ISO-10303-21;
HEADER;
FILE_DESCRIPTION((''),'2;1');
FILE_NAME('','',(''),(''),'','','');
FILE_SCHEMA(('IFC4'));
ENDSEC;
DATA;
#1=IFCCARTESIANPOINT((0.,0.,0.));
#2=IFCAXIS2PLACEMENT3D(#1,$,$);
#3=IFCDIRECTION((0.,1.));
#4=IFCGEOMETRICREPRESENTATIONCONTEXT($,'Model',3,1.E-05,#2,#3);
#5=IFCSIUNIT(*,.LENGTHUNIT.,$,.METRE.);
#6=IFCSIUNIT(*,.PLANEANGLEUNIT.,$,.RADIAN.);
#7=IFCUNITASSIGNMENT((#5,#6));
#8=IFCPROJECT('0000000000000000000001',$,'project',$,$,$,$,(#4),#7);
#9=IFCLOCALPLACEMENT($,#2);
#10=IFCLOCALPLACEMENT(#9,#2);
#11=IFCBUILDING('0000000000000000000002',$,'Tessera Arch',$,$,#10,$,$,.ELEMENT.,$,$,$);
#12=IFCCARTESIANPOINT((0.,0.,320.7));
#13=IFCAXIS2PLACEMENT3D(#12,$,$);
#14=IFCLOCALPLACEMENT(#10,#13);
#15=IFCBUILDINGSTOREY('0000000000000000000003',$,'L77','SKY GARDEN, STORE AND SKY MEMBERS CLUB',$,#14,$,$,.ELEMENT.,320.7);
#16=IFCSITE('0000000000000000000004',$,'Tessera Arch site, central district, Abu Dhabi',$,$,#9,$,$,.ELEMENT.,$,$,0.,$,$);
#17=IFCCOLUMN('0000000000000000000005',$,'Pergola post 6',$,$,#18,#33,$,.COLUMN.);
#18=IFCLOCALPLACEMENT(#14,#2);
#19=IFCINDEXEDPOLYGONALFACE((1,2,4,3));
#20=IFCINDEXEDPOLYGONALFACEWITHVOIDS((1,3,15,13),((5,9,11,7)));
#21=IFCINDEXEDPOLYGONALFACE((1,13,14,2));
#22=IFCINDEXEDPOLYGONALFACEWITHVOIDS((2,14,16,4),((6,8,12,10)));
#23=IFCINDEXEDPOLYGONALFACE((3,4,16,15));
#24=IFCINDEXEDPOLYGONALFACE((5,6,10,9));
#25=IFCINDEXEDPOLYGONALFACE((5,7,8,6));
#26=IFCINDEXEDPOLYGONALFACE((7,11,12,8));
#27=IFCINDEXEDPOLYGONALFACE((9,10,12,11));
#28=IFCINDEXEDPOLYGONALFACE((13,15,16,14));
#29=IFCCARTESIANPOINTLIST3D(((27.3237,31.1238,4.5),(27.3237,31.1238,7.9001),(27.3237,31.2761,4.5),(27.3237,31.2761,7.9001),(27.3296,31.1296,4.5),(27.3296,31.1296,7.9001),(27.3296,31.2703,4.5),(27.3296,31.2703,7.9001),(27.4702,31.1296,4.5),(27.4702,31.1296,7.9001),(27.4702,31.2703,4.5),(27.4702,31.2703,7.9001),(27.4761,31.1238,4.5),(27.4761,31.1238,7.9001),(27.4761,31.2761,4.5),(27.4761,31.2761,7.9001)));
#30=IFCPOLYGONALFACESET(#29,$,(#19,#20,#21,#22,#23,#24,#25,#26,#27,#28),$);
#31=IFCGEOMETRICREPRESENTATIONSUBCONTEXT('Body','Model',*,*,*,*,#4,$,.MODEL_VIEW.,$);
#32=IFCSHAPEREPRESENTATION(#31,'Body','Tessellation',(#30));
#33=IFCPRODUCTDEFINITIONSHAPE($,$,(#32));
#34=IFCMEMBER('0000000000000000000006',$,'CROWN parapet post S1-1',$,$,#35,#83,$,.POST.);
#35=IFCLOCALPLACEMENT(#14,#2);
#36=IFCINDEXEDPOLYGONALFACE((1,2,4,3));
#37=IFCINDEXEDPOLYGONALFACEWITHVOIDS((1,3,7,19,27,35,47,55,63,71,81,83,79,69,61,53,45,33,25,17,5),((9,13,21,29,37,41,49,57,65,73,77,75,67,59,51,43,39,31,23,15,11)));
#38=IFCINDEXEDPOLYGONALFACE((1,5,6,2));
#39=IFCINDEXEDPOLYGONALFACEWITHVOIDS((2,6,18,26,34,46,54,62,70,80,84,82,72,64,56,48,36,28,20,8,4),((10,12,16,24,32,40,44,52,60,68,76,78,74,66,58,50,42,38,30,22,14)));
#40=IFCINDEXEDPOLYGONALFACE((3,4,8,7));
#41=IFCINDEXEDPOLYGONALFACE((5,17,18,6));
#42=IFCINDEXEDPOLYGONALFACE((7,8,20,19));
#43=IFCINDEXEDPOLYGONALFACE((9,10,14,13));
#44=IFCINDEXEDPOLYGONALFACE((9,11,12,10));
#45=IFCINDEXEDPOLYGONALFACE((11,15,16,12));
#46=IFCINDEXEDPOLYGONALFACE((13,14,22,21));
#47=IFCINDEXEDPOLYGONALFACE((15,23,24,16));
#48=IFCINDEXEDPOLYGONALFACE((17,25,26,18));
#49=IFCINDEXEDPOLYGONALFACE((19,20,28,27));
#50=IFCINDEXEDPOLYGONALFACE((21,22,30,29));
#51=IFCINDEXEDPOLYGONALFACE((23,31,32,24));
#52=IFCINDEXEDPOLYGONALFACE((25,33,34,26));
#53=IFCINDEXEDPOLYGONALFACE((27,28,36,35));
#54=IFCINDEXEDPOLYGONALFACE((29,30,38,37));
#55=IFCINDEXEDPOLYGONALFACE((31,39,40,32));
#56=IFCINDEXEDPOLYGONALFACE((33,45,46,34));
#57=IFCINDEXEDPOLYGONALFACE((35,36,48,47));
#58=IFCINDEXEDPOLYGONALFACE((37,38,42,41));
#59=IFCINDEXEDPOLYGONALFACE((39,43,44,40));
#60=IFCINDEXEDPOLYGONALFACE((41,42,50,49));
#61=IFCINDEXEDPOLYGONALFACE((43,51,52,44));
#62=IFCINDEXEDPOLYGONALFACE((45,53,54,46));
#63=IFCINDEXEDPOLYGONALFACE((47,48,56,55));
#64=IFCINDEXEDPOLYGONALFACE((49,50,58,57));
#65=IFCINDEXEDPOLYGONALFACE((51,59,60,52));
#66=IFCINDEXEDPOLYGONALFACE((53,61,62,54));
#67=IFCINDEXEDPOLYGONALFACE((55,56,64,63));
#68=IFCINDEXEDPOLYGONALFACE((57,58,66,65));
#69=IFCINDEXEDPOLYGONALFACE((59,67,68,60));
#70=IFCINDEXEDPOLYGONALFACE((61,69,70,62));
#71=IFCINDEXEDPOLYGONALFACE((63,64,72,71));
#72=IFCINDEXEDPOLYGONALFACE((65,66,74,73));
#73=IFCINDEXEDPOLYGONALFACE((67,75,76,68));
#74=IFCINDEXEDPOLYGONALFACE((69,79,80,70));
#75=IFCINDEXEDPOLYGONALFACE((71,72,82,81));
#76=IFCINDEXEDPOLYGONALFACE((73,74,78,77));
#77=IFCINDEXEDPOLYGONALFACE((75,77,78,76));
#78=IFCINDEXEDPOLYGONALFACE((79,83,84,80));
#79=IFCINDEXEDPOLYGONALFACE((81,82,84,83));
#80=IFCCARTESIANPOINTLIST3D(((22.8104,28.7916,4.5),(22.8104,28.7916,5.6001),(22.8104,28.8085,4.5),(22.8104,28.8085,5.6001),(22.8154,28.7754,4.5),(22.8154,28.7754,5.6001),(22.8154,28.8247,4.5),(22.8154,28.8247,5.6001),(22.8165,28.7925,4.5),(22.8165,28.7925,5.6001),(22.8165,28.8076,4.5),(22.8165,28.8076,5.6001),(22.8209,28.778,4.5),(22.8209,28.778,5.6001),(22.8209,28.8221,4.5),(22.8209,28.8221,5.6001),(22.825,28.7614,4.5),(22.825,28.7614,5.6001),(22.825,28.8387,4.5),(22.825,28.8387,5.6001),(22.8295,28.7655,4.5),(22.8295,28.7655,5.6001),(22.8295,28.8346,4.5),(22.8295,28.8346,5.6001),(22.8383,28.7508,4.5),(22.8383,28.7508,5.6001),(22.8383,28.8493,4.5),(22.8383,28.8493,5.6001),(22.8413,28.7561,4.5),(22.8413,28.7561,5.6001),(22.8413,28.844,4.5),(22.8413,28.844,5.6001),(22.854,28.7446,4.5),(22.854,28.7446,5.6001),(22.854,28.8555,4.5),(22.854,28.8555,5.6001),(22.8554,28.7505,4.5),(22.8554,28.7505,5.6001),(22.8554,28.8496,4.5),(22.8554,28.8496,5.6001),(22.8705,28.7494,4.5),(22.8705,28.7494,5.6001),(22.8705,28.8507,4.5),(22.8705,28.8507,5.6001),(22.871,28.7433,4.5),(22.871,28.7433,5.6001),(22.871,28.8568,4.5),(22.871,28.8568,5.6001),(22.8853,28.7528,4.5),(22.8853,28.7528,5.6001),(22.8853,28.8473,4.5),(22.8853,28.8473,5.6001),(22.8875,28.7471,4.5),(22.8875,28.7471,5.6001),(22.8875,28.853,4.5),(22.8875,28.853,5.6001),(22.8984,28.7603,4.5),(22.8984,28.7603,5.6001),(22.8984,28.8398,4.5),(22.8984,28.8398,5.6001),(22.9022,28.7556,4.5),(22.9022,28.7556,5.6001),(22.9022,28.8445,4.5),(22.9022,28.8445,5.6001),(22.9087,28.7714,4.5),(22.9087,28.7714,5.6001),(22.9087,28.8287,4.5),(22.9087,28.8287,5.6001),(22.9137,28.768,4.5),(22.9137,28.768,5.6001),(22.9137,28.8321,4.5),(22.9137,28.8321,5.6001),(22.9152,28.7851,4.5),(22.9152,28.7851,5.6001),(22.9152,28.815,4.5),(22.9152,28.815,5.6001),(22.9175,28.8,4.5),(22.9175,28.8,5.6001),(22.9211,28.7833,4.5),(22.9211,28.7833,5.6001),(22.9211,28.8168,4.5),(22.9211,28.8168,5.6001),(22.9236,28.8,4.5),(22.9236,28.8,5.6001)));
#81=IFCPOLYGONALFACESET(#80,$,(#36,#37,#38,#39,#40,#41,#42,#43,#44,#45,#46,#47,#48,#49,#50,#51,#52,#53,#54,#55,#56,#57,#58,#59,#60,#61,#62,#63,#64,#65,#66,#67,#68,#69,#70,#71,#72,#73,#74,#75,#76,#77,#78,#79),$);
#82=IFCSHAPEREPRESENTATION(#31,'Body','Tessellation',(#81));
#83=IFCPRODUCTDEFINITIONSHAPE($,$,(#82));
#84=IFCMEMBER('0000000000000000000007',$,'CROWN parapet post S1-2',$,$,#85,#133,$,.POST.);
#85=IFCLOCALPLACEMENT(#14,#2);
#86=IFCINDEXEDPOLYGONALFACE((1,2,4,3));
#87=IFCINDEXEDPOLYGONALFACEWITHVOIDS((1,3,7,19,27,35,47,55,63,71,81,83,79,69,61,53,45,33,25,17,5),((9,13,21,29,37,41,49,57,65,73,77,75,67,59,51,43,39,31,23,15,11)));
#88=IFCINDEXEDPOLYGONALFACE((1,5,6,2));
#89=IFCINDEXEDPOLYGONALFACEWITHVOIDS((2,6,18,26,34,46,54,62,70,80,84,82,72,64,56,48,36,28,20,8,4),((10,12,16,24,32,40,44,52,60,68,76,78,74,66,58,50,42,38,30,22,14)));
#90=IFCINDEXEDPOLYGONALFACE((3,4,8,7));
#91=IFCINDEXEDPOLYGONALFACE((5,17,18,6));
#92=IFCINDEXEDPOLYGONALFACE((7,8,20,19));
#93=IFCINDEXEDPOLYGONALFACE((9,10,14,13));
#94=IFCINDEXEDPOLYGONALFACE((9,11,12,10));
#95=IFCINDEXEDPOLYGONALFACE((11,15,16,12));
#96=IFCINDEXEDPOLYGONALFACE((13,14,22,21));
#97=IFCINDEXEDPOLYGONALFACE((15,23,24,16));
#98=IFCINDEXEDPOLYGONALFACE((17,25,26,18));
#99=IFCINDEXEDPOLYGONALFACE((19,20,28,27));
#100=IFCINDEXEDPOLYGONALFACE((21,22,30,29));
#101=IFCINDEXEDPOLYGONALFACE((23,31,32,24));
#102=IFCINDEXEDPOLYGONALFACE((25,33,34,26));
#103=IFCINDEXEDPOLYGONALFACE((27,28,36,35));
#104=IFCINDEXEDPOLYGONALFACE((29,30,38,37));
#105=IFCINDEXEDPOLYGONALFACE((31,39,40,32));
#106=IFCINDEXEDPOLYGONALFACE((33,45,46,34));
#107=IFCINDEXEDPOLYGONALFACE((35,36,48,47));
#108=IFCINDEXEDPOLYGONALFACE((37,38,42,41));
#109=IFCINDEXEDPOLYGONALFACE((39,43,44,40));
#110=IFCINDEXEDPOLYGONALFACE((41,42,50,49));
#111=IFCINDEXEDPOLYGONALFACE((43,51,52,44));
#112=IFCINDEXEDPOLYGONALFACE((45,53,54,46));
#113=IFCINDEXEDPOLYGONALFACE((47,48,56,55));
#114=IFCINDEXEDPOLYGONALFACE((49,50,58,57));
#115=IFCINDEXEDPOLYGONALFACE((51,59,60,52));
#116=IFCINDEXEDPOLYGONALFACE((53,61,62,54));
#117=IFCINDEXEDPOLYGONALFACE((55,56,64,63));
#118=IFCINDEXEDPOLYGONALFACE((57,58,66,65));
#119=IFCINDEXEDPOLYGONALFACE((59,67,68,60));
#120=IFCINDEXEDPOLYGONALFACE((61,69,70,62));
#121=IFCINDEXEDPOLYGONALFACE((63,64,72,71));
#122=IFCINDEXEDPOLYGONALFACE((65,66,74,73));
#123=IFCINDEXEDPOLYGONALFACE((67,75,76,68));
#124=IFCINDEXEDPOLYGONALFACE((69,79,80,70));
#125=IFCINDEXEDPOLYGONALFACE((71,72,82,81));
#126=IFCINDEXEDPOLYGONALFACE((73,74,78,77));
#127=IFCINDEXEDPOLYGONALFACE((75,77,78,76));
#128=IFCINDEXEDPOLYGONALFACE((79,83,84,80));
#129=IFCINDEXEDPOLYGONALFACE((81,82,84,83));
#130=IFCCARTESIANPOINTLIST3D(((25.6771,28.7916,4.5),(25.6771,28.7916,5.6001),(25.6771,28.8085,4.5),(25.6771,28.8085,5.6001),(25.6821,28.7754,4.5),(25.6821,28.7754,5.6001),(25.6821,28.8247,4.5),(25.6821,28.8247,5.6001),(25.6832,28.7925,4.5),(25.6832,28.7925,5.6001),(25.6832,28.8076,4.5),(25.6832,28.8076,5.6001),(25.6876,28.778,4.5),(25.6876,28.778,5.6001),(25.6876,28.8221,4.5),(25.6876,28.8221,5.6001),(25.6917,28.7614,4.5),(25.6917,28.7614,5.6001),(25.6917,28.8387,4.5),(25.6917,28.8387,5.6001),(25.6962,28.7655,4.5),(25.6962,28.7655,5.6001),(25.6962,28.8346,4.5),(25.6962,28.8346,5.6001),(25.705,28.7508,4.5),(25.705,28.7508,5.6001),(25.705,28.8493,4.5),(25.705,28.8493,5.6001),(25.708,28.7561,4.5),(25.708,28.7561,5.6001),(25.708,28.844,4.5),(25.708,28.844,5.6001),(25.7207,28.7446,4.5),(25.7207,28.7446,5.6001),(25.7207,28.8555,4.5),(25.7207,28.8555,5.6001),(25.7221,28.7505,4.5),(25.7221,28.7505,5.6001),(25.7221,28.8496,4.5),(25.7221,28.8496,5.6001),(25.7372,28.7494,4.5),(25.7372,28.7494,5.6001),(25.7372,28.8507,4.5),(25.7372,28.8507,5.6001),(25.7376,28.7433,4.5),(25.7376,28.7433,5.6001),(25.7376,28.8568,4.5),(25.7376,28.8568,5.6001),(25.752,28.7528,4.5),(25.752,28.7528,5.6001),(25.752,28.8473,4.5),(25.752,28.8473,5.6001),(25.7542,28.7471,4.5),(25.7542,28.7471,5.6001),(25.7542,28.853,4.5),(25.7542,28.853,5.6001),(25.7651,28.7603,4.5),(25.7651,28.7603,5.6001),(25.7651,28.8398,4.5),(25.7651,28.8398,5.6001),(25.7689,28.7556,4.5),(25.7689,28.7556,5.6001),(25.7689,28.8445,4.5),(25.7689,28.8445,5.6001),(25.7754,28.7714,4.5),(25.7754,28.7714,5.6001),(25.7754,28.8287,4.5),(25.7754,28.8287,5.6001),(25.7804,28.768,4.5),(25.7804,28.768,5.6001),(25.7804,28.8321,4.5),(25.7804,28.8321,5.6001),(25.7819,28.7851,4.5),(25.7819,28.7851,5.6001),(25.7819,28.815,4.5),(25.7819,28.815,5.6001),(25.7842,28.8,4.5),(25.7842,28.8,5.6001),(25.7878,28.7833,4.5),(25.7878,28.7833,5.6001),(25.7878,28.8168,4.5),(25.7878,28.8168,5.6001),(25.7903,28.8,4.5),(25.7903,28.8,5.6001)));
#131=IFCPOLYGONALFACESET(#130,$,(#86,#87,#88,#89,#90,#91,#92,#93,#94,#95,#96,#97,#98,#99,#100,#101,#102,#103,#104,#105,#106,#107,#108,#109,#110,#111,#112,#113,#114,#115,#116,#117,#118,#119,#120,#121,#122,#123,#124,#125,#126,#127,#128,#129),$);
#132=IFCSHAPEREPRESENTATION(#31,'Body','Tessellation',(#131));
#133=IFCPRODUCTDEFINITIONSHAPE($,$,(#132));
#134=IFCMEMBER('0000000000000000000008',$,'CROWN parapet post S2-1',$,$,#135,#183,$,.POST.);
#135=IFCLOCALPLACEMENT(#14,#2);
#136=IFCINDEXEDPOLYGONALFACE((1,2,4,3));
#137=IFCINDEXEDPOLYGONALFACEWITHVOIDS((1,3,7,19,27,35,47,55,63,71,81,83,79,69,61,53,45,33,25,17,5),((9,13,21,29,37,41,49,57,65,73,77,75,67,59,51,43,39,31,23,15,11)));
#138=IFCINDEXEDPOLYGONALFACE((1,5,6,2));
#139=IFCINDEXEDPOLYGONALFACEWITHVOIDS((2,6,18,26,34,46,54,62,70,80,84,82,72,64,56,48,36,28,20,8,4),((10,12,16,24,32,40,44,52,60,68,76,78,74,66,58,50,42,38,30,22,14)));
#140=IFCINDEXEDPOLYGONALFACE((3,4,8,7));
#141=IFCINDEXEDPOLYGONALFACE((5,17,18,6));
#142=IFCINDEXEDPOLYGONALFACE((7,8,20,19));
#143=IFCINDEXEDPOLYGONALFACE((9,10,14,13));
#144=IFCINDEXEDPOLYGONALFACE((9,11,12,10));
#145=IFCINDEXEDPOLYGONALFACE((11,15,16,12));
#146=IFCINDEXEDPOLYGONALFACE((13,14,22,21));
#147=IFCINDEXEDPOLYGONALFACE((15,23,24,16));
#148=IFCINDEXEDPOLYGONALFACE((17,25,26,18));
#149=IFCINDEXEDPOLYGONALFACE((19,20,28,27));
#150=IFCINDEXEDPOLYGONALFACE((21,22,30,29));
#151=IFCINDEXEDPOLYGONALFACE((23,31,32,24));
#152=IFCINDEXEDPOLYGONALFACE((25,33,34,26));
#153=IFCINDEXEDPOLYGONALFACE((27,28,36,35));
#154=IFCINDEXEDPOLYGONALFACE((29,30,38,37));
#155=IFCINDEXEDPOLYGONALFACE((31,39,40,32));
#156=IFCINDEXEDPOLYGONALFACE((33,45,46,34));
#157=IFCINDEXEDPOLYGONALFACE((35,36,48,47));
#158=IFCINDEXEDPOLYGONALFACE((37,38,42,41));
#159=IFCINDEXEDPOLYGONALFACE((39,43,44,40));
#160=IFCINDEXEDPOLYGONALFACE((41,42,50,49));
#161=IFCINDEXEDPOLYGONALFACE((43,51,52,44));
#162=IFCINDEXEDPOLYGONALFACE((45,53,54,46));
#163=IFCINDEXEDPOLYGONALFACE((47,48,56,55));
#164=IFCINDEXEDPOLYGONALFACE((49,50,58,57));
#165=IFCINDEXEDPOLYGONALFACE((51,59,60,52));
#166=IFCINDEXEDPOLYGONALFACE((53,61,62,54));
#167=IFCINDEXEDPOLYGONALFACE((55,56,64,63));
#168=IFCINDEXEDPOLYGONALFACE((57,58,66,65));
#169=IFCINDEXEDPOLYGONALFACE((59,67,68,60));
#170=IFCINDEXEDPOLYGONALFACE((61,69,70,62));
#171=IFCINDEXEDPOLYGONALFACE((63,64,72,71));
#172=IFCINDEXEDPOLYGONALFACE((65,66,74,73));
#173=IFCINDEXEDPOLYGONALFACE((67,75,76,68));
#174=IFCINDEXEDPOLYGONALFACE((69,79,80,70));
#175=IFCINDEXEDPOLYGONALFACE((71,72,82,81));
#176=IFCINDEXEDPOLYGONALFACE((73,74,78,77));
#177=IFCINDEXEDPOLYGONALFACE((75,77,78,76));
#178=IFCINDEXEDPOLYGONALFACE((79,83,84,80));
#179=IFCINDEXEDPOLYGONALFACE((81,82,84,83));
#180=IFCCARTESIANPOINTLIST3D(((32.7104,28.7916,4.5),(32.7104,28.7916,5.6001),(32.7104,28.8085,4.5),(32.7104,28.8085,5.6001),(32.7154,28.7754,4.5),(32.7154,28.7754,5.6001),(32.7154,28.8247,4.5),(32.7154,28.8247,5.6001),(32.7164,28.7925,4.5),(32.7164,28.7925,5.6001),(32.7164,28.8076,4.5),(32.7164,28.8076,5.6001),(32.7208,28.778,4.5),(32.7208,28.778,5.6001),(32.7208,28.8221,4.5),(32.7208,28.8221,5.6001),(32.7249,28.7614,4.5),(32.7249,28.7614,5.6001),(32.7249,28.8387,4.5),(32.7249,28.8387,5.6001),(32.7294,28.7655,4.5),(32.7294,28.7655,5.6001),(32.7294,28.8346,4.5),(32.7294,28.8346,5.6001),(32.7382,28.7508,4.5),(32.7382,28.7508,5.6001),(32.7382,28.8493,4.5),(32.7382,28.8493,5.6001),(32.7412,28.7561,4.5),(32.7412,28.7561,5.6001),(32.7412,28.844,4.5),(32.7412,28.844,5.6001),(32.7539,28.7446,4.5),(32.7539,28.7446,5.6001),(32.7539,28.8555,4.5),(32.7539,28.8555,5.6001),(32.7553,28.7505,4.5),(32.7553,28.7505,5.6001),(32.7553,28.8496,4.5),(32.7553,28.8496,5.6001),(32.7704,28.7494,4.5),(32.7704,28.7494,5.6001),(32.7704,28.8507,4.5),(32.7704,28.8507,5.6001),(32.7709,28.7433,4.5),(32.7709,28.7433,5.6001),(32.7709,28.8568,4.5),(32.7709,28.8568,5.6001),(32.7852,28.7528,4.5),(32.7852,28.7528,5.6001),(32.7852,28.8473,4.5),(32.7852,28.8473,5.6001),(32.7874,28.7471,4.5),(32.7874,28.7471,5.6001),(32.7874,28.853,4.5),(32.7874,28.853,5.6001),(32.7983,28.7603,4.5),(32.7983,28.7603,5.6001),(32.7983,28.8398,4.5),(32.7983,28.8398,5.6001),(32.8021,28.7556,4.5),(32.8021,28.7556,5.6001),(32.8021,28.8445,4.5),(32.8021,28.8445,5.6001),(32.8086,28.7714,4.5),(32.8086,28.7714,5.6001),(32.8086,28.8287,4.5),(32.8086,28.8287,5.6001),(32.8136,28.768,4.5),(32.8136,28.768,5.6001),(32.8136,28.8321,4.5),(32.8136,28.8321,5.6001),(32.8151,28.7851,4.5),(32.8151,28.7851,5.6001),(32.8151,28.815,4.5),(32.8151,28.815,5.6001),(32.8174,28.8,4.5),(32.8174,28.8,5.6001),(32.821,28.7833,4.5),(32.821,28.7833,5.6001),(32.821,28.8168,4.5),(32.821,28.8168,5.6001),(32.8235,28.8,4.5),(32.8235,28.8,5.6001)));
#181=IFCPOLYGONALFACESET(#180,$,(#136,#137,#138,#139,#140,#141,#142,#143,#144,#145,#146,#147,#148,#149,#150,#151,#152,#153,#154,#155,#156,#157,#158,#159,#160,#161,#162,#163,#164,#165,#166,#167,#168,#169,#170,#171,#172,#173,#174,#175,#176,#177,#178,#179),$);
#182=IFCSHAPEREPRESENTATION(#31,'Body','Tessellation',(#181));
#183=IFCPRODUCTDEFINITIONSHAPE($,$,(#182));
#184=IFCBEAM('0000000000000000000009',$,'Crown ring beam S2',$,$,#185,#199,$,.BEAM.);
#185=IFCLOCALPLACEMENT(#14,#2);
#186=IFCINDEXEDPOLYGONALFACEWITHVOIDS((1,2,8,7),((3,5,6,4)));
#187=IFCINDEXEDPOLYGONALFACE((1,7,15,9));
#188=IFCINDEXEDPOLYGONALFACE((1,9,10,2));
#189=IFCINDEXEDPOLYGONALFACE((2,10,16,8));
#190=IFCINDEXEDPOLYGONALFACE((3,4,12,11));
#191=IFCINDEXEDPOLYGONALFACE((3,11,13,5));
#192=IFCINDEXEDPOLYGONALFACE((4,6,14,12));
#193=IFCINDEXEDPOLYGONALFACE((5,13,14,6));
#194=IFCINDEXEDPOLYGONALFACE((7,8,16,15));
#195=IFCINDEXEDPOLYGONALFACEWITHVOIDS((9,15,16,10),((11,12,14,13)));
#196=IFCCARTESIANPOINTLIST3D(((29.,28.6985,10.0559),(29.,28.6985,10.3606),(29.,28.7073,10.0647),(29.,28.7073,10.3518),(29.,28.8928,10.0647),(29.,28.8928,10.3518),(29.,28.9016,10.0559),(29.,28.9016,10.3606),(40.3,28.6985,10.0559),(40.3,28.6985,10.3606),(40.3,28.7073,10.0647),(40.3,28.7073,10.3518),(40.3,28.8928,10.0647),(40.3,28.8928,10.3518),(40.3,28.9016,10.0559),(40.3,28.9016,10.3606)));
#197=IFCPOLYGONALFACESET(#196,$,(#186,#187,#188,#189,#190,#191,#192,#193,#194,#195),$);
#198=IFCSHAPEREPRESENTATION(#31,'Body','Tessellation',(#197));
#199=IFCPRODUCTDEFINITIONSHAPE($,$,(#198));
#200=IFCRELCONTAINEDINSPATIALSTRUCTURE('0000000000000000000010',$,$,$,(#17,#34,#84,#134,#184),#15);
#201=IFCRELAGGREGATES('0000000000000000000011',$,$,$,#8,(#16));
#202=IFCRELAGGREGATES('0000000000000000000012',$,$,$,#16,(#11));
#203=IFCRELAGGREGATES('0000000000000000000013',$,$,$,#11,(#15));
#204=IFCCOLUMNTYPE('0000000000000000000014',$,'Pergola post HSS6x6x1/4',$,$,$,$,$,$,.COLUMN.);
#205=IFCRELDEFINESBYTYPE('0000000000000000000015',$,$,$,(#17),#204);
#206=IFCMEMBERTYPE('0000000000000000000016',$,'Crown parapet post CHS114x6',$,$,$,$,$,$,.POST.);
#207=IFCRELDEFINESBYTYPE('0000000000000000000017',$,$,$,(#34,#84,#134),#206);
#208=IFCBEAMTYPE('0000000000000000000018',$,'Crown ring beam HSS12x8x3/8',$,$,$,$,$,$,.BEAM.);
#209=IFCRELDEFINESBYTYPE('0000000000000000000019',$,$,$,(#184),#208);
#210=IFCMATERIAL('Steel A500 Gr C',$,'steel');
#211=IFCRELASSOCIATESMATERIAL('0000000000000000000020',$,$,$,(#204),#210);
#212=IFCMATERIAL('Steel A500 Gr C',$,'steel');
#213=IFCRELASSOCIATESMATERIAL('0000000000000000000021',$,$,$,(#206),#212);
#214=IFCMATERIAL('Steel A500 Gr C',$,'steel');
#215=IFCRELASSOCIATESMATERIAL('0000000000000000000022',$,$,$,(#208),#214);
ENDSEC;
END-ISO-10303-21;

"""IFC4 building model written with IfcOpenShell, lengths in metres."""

from ifc_helpers import new_model, si_unit, direction, frame, origin, origin_2d, place, context, subcontext, project, spatial, hollow_rectangle, hollow_circle, extrude, material, material_profile, profile_set, type_object, element, save


model = new_model("IFC4")

# Units and contexts
model_context = context("Model", 3, precision=1e-05, world=origin(), true_north=direction((0.0, 1.0)))
body_context = subcontext(model_context, "Body", "Model", "MODEL_VIEW")
ifc_project = project(units=[si_unit("LENGTHUNIT", "METRE"), si_unit("PLANEANGLEUNIT", "RADIAN")], contexts=[model_context])

# Site, building, storey
site_placement = place(None, origin())
site = spatial("IfcSite", under=ifc_project, at=site_placement, Name="Tessera Arch site, central district, Abu Dhabi", CompositionType="ELEMENT", RefElevation=0.0)
building_placement = place(site_placement, origin())
building = spatial("IfcBuilding", under=site, at=building_placement, Name="Tessera Arch", CompositionType="ELEMENT")
storey_placement = place(building_placement, frame((0.0, 0.0, 320.7)))
storey = spatial("IfcBuildingStorey", under=building, at=storey_placement, Name="L77", Description="SKY GARDEN, STORE AND SKY MEMBERS CLUB", CompositionType="ELEMENT", Elevation=320.7)

# Column
ifc_material_1 = material(Name="Steel A500 Gr C", Category="steel")
ifc_material_profile_1 = material_profile(ifc_material_1, hollow_rectangle(XDim=0.1523, YDim=0.1523, WallThickness=0.0059, at=origin_2d()), Name="HSS6x6x1/4")
ifc_profile_set_1 = profile_set([ifc_material_profile_1], Name="Steel A500 Gr C")
column_type = type_object("IfcColumnType", Name="Pergola post HSS6x6x1/4", PredefinedType="COLUMN", material=ifc_profile_set_1)
column_placement = place(storey_placement, frame((27.3999, 31.2, 4.5), z_axis=(0.0, 0.0, 1.0), x_axis=(1.0, 0.0, 0.0)))
element("IfcColumn", 1, at=column_placement, inside=storey, type_object=column_type, Name="Pergola post 6", PredefinedType="COLUMN", context=body_context, shape_type="SweptSolid", body=[
    extrude(hollow_rectangle(XDim=0.1523, YDim=0.1523, WallThickness=0.0059, at=origin_2d()), origin(), (0.0, 0.0, 1.0), 3.4001),
])

# Members
ifc_material_2 = material(Name="Steel A500 Gr C", Category="steel")
ifc_material_profile_2 = material_profile(ifc_material_2, hollow_circle(Radius=0.0569, WallThickness=0.0061, at=origin_2d()), Name="Crown parapet post CHS114x6")
ifc_profile_set_2 = profile_set([ifc_material_profile_2], Name="Steel A500 Gr C")
member_type_1 = type_object("IfcMemberType", Name="Crown parapet post CHS114x6", PredefinedType="POST", material=ifc_profile_set_2)
for number, where, z_axis, x_axis, name in (
    (2, (22.8667, 28.8, 4.5), (0.0, 0.0, 1.0), (1.0, 0.0, 0.0), "CROWN parapet post S1-1"),
    (3, (25.7334, 28.8, 4.5), (0.0, 0.0, 1.0), (1.0, 0.0, 0.0), "CROWN parapet post S1-2"),
    (4, (32.7666, 28.8, 4.5), (0.0, 0.0, 1.0), (1.0, 0.0, 0.0), "CROWN parapet post S2-1"),
):
    element("IfcMember", number, at=place(storey_placement, frame(where, z_axis=z_axis, x_axis=x_axis)), inside=storey, type_object=member_type_1, Name=name, PredefinedType="POST", context=body_context, shape_type="SweptSolid", body=[
        extrude(hollow_circle(Radius=0.0569, WallThickness=0.0061, at=origin_2d()), origin(), (0.0, 0.0, 1.0), 1.1001),
    ])

# Beam
ifc_material_3 = material(Name="Steel A500 Gr C", Category="steel")
ifc_material_profile_3 = material_profile(ifc_material_3, hollow_rectangle(XDim=0.2031, YDim=0.3047, WallThickness=0.0088, at=origin_2d()), Name="HSS12x8x3/8")
ifc_profile_set_3 = profile_set([ifc_material_profile_3], Name="Steel A500 Gr C")
beam_type_1 = type_object("IfcBeamType", Name="Crown ring beam HSS12x8x3/8", PredefinedType="BEAM", material=ifc_profile_set_3)
beam_1_placement = place(storey_placement, frame((29.0, 28.8, 10.2083), z_axis=(1.0, 0.0, 0.0), x_axis=(0.0, 1.0, 0.0)))
element("IfcBeam", 5, at=beam_1_placement, inside=storey, type_object=beam_type_1, Name="Crown ring beam S2", PredefinedType="BEAM", context=body_context, shape_type="SweptSolid", body=[
    extrude(hollow_rectangle(XDim=0.2031, YDim=0.3047, WallThickness=0.0088, at=origin_2d()), origin(), (0.0, 0.0, 1.0), 11.3),
])

save(model, "model.ifc")
